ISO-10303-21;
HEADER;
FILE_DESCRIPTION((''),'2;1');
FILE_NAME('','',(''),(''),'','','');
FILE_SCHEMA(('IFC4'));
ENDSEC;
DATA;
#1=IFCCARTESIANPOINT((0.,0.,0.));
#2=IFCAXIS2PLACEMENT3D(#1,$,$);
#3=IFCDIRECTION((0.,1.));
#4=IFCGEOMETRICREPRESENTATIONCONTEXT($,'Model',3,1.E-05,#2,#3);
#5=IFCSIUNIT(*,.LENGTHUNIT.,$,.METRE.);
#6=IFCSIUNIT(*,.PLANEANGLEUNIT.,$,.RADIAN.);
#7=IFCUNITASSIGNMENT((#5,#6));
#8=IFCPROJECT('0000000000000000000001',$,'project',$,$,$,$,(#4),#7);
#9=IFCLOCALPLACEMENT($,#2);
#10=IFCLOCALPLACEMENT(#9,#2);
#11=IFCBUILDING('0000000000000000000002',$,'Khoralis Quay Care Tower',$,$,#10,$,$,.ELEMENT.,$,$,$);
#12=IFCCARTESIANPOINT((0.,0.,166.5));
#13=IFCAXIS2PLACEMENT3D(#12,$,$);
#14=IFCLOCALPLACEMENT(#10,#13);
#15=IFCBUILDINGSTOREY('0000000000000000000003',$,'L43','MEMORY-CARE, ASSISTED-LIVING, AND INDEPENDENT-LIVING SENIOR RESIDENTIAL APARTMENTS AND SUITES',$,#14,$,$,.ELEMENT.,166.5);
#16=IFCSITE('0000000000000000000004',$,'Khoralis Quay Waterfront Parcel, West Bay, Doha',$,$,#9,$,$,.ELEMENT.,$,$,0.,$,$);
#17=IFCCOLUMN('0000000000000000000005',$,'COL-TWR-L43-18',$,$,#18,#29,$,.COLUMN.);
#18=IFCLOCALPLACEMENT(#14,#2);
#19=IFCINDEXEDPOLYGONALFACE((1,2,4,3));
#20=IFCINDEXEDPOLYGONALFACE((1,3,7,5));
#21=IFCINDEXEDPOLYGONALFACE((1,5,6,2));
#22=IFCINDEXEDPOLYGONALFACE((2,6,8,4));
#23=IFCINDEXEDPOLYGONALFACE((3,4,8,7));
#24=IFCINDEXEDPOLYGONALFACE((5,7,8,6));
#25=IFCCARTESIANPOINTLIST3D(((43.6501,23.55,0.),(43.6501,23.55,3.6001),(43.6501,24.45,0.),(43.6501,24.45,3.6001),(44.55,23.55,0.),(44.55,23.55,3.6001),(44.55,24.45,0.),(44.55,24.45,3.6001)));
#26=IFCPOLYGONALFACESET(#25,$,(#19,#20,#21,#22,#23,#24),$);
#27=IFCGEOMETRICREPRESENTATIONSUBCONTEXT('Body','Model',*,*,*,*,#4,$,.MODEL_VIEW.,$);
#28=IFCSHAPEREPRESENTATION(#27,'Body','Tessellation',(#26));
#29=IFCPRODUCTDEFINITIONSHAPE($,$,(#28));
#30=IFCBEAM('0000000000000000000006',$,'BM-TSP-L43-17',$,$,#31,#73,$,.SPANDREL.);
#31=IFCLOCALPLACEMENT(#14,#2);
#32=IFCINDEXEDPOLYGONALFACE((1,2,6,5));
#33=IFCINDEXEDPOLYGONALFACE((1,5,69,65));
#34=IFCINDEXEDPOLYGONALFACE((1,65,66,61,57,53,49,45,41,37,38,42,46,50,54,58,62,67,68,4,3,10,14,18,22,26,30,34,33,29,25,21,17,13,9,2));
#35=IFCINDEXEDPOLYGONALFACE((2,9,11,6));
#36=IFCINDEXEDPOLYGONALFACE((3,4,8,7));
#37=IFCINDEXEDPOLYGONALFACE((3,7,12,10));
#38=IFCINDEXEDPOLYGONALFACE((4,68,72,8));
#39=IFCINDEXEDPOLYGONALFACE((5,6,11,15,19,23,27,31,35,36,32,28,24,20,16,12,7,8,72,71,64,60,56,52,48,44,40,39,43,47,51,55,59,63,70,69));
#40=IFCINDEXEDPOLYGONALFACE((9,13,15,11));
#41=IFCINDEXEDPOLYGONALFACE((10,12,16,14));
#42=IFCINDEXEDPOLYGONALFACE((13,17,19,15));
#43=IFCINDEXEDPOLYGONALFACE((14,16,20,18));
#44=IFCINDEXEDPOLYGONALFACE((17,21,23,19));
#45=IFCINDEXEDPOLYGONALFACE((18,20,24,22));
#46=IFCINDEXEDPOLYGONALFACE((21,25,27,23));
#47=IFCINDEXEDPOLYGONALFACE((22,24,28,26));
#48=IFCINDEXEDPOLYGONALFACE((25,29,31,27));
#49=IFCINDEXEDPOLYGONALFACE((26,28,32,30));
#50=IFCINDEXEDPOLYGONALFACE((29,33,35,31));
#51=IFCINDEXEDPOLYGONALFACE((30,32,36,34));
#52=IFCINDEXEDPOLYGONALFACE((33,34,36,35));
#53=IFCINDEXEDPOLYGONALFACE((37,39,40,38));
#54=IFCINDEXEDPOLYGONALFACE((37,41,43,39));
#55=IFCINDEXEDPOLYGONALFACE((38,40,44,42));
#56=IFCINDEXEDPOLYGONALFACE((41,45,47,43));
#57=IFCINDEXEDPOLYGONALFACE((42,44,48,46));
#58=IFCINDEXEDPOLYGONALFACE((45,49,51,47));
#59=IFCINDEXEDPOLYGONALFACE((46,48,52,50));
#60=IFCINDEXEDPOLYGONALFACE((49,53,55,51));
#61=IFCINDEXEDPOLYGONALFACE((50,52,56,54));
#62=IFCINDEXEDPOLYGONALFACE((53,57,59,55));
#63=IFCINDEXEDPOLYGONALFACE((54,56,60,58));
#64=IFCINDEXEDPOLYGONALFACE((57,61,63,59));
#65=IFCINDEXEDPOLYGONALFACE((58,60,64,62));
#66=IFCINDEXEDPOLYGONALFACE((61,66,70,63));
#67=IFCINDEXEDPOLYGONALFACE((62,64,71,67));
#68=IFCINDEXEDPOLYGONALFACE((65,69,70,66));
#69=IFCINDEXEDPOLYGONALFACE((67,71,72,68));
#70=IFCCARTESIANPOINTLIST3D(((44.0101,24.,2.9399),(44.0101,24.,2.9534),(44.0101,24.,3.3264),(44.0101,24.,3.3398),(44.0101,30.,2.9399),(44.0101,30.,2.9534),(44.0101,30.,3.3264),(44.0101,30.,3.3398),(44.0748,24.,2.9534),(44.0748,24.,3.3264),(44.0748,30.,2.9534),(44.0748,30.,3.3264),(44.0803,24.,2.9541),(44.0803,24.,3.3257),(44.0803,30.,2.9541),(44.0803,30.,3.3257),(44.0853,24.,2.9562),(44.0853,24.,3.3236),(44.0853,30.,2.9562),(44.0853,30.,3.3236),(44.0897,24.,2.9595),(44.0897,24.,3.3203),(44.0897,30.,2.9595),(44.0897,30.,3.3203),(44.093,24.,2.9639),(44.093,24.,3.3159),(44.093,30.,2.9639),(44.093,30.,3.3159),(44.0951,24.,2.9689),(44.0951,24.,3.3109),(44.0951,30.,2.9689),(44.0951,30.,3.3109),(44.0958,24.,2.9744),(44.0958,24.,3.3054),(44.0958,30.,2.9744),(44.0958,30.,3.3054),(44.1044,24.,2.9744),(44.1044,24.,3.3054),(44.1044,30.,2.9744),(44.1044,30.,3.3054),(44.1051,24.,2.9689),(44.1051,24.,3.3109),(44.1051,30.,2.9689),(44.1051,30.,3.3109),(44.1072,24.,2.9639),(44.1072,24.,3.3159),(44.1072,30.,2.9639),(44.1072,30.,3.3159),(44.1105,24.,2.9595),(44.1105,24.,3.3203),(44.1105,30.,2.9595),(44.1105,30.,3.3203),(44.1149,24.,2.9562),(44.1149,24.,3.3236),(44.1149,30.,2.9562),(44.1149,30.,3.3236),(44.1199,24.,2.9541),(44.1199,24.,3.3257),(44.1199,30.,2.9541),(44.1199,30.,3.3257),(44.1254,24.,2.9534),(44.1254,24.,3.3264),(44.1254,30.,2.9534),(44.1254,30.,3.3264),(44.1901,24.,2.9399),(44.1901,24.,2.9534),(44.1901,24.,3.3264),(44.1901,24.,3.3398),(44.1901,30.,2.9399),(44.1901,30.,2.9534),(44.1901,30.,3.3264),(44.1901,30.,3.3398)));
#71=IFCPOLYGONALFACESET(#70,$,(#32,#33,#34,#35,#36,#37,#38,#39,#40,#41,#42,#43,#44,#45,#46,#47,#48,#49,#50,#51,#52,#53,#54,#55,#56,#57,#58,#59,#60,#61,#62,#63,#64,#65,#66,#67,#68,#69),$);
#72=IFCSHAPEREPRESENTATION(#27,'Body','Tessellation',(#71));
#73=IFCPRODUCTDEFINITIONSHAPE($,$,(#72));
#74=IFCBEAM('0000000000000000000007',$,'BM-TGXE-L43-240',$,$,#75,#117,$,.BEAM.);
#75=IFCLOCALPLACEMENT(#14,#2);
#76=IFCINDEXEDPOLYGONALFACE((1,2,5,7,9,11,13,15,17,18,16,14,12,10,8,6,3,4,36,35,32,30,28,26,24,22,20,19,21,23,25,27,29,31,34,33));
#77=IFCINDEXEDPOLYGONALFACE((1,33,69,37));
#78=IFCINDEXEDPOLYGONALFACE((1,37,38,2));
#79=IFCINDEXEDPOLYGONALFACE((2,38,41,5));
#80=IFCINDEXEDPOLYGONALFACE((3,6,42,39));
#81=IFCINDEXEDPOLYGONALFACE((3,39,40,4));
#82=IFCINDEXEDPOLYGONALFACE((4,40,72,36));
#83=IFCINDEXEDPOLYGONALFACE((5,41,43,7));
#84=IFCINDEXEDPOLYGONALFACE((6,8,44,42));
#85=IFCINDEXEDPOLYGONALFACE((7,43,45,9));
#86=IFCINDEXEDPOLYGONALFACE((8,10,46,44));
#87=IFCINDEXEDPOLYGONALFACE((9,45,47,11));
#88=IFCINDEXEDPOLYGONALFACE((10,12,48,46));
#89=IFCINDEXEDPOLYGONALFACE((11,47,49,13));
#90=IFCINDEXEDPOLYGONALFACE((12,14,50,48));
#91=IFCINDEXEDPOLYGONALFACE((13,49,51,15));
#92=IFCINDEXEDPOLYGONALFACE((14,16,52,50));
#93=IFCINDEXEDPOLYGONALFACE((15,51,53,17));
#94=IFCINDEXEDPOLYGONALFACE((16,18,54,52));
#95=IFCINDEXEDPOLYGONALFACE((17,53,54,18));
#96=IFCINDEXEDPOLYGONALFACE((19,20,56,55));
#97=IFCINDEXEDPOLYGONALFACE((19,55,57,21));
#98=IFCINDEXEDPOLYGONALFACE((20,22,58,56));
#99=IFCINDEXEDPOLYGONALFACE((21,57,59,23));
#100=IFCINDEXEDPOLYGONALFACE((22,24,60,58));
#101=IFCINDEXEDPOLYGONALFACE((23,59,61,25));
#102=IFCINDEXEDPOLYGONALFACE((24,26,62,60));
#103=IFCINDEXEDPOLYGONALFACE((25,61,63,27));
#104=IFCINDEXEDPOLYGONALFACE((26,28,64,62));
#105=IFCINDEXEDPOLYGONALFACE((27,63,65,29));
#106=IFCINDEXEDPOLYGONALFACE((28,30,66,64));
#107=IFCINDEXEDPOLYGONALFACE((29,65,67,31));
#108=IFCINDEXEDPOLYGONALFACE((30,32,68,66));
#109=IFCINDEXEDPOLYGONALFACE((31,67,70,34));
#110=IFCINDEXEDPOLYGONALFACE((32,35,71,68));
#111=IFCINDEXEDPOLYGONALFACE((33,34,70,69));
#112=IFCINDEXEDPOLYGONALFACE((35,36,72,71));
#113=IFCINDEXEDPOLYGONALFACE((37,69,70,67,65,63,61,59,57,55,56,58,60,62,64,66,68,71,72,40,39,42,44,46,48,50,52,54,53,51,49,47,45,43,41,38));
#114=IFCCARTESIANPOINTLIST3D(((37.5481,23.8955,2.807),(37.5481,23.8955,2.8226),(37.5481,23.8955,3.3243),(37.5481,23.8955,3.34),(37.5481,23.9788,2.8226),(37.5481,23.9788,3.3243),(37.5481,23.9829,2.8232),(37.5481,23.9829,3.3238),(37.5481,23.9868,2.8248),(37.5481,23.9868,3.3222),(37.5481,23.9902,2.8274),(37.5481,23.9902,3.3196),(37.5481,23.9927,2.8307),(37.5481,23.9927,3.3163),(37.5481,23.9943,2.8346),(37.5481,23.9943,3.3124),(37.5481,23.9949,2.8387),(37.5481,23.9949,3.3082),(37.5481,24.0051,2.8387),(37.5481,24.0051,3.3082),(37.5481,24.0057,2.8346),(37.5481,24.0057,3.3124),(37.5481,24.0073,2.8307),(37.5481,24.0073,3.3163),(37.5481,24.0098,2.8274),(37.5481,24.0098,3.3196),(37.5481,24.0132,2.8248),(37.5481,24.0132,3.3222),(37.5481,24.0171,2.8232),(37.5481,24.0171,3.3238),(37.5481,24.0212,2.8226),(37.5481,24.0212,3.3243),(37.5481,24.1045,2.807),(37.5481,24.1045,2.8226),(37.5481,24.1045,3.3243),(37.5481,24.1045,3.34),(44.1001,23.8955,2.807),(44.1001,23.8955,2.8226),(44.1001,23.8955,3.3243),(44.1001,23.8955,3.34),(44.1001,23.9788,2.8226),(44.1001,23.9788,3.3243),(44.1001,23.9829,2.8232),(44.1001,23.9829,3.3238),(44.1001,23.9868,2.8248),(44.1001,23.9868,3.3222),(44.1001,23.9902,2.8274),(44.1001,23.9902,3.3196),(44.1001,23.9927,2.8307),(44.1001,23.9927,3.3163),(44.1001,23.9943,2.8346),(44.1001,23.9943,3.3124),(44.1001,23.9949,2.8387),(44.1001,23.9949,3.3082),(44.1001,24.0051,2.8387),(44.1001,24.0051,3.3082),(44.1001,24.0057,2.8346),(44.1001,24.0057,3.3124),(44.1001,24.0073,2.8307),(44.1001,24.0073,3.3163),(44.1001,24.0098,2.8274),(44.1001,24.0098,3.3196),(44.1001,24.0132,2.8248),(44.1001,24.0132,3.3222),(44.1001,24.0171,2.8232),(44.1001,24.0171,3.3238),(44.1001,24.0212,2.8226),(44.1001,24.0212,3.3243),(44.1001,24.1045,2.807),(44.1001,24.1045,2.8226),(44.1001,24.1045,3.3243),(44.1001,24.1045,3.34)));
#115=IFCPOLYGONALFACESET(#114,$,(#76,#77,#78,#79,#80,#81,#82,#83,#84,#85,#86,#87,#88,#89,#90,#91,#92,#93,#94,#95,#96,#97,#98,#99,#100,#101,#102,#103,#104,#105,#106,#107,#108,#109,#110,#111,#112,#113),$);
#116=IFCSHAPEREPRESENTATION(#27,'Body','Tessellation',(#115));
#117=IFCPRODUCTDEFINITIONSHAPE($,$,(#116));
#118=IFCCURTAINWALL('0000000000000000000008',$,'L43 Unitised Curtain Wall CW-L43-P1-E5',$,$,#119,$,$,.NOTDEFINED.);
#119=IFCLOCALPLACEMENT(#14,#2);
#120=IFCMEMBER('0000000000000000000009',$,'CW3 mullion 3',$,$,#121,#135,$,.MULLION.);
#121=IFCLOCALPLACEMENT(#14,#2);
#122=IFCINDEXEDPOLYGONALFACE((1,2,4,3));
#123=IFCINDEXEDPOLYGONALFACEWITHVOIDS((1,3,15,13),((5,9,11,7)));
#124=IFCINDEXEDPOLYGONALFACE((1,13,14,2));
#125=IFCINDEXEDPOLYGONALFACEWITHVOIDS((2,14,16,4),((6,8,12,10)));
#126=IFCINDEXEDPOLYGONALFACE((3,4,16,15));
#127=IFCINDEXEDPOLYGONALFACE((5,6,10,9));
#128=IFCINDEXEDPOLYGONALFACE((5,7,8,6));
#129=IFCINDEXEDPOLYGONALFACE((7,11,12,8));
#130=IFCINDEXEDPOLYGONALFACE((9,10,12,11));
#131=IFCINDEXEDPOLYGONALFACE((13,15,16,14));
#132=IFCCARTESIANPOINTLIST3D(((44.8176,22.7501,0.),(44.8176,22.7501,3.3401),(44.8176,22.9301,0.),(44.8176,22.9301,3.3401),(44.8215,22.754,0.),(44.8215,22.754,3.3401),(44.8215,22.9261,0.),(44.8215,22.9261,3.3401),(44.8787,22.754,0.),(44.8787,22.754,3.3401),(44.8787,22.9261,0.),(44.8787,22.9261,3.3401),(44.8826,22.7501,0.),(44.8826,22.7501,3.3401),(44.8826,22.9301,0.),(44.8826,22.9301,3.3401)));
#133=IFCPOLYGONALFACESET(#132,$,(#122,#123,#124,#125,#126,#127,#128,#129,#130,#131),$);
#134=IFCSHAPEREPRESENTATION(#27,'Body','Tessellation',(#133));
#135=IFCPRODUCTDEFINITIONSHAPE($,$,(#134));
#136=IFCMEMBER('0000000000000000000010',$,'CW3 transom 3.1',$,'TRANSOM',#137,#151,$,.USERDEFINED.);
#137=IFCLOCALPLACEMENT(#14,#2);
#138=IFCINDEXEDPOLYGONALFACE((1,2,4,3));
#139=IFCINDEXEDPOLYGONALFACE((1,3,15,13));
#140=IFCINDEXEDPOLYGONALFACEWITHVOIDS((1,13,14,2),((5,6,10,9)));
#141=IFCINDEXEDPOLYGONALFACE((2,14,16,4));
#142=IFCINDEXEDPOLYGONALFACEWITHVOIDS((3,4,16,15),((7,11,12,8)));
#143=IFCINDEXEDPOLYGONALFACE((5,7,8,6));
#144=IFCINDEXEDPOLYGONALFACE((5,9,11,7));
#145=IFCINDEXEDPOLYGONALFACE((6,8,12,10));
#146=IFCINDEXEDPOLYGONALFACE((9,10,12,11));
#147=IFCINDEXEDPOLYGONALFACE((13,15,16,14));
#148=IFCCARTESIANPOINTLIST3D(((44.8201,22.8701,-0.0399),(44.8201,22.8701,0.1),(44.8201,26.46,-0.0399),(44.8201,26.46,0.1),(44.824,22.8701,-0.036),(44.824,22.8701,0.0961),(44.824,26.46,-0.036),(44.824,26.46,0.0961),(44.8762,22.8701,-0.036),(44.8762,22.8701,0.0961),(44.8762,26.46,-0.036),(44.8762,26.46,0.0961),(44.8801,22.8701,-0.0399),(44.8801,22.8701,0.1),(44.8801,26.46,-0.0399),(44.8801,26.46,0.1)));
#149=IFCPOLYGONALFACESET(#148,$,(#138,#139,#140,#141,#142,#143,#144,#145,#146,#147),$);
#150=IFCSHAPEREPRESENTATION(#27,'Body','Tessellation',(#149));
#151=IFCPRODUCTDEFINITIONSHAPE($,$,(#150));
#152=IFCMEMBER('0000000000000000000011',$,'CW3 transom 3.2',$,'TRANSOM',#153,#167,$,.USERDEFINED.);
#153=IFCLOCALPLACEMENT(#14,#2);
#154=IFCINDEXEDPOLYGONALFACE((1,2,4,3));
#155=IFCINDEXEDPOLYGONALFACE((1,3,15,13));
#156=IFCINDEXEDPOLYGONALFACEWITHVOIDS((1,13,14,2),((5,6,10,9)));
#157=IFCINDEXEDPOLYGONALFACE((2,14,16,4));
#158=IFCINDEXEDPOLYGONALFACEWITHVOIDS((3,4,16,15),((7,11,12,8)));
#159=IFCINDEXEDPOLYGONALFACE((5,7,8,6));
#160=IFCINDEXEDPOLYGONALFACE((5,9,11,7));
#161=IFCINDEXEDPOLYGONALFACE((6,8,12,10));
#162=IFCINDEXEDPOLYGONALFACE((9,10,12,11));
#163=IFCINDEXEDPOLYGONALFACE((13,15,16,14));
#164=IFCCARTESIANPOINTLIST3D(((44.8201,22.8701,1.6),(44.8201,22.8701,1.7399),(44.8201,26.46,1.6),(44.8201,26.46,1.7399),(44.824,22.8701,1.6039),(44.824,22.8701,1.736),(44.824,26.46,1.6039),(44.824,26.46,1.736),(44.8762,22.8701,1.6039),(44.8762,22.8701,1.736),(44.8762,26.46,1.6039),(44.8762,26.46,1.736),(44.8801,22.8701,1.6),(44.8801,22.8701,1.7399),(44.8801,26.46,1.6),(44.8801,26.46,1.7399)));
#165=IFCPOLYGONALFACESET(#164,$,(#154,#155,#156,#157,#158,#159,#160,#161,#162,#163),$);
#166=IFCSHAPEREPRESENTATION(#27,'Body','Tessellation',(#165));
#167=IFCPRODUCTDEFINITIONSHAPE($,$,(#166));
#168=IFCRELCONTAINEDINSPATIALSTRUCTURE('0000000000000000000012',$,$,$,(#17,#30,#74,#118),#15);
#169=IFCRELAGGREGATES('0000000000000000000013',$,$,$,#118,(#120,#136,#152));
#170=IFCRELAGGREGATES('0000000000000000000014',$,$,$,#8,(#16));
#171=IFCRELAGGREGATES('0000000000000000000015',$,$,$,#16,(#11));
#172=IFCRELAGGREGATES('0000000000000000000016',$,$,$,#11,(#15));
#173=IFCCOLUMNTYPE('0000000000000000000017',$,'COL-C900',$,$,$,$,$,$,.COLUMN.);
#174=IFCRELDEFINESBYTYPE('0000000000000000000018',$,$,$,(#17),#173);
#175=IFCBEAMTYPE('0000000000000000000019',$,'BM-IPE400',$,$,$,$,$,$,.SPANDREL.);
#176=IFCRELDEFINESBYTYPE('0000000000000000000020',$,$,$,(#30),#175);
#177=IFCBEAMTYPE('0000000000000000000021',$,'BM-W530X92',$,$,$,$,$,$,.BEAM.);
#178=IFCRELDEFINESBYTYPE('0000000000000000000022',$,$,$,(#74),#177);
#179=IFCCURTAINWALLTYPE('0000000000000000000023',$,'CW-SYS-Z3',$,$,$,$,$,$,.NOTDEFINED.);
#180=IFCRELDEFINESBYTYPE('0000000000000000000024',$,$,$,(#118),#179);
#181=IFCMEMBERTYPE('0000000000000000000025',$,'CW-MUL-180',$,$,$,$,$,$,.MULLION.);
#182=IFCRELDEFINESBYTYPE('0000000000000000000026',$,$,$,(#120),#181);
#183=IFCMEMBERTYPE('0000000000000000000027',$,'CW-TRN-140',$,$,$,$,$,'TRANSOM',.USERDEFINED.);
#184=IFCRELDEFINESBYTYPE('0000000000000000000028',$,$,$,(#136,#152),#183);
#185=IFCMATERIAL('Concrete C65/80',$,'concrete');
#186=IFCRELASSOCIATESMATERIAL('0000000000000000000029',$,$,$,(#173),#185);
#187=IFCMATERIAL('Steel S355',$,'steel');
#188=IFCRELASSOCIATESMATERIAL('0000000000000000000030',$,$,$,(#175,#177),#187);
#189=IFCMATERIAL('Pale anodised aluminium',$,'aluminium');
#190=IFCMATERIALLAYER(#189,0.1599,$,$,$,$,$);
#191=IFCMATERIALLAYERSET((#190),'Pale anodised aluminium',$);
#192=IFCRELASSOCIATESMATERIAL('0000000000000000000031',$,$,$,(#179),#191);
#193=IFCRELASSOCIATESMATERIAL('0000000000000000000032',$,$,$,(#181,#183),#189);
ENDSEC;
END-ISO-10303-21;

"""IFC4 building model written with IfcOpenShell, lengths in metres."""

from ifc_helpers import new_model, si_unit, direction, frame, origin, origin_2d, place, context, subcontext, project, spatial, rectangle, hollow_rectangle, i_section, extrude, source, transform, mapped, material, layer, layer_set, material_profile, profile_set, type_object, element, aggregate, save


model = new_model("IFC4")

# Units and contexts
model_context = context("Model", 3, precision=1e-05, world=origin(), true_north=direction((0.0, 1.0)))
body_context = subcontext(model_context, "Body", "Model", "MODEL_VIEW")
ifc_project = project(units=[si_unit("LENGTHUNIT", "METRE"), si_unit("PLANEANGLEUNIT", "RADIAN")], contexts=[model_context])

# Site, building, storey
site_placement = place(None, origin())
site = spatial("IfcSite", under=ifc_project, at=site_placement, Name="Khoralis Quay Waterfront Parcel, West Bay, Doha", CompositionType="ELEMENT", RefElevation=0.0)
building_placement = place(site_placement, origin())
building = spatial("IfcBuilding", under=site, at=building_placement, Name="Khoralis Quay Care Tower", CompositionType="ELEMENT")
storey_placement = place(building_placement, frame((0.0, 0.0, 166.5)))
storey = spatial("IfcBuildingStorey", under=building, at=storey_placement, Name="L43", Description="MEMORY-CARE, ASSISTED-LIVING, AND INDEPENDENT-LIVING SENIOR RESIDENTIAL APARTMENTS AND SUITES", CompositionType="ELEMENT", Elevation=166.5)

# Column
ifc_material_1 = material(Name="Concrete C65/80", Category="concrete")
ifc_material_profile_1 = material_profile(ifc_material_1, rectangle(XDim=0.8999, YDim=0.8999, at=origin_2d()), Name="Concrete C65/80")
ifc_profile_set_1 = profile_set([ifc_material_profile_1], Name="Concrete C65/80")
column_type = type_object("IfcColumnType", Name="COL-C900", PredefinedType="COLUMN", material=ifc_profile_set_1)
shared_shape_1 = source(origin(), body_context, "Body", "SweptSolid", [
    extrude(rectangle(XDim=0.8999, YDim=0.8999, at=origin_2d()), origin(), (0.0, 0.0, 1.0), 3.6001),
])
column_placement = place(storey_placement, frame((44.1001, 24.0, 0.0), z_axis=(0.0, 0.0, 1.0), x_axis=(1.0, 0.0, 0.0)))
element("IfcColumn", 1, at=column_placement, inside=storey, type_object=column_type, Name="COL-TWR-L43-18", PredefinedType="COLUMN", context=body_context, shape_type="MappedRepresentation", body=[
    mapped(shared_shape_1, transform((0.0, 0.0, 0.0), scale=1.0)),
])

# Beams
ifc_material_2 = material(Name="Steel S355", Category="steel")
ifc_material_profile_2 = material_profile(ifc_material_2, i_section(OverallWidth=0.1799, OverallDepth=0.3999, WebThickness=0.0085, FlangeThickness=0.0134, FilletRadius=0.021, at=origin_2d()), Name="Steel S355")
ifc_profile_set_2 = profile_set([ifc_material_profile_2], Name="Steel S355")
beam_type_1 = type_object("IfcBeamType", Name="BM-IPE400", PredefinedType="SPANDREL", material=ifc_profile_set_2)
shared_shape_2 = source(origin(), body_context, "Body", "SweptSolid", [
    extrude(i_section(OverallWidth=0.1799, OverallDepth=0.3999, WebThickness=0.0085, FlangeThickness=0.0134, FilletRadius=0.021, at=origin_2d()), origin(), (0.0, 0.0, 1.0), 6.0),
])
beam_1_placement = place(storey_placement, frame((44.1001, 24.0, 3.1399), z_axis=(0.0, 1.0, 0.0), x_axis=(-1.0, 0.0, 0.0)))
element("IfcBeam", 2, at=beam_1_placement, inside=storey, type_object=beam_type_1, Name="BM-TSP-L43-17", PredefinedType="SPANDREL", context=body_context, shape_type="MappedRepresentation", body=[
    mapped(shared_shape_2, transform((0.0, 0.0, 0.0), scale=1.0)),
])
ifc_material_profile_3 = material_profile(ifc_material_2, i_section(OverallWidth=0.209, OverallDepth=0.533, WebThickness=0.0103, FlangeThickness=0.0156, FilletRadius=0.0161, at=origin_2d()), Name="Steel S355")
ifc_profile_set_3 = profile_set([ifc_material_profile_3], Name="Steel S355")
beam_type_2 = type_object("IfcBeamType", Name="BM-W530X92", PredefinedType="BEAM", material=ifc_profile_set_3)
shared_shape_3 = source(origin(), body_context, "Body", "SweptSolid", [
    extrude(i_section(OverallWidth=0.209, OverallDepth=0.533, WebThickness=0.0103, FlangeThickness=0.0156, FilletRadius=0.0161, at=origin_2d()), origin(), (0.0, 0.0, 1.0), 6.552),
])
beam_2_placement = place(storey_placement, frame((37.5481, 24.0, 3.0735), z_axis=(1.0, 0.0, 0.0), x_axis=(0.0, 1.0, 0.0)))
element("IfcBeam", 3, at=beam_2_placement, inside=storey, type_object=beam_type_2, Name="BM-TGXE-L43-240", PredefinedType="BEAM", context=body_context, shape_type="MappedRepresentation", body=[
    mapped(shared_shape_3, transform((0.0, 0.0, 0.0), scale=1.0)),
])

# Curtain wall, members
ifc_material_3 = material(Name="Pale anodised aluminium", Category="aluminium")
ifc_layer_1 = layer(ifc_material_3, 0.1599)
ifc_layer_set_1 = layer_set([ifc_layer_1], Name="Pale anodised aluminium")
curtain_wall_type = type_object("IfcCurtainWallType", Name="CW-SYS-Z3", PredefinedType="NOTDEFINED", material=ifc_layer_set_1)
curtain_wall_placement = place(storey_placement, origin())
curtain_wall = element("IfcCurtainWall", 4, at=curtain_wall_placement, inside=storey, type_object=curtain_wall_type, Name="L43 Unitised Curtain Wall CW-L43-P1-E5", PredefinedType="NOTDEFINED")
ifc_material_profile_4 = material_profile(ifc_material_3, hollow_rectangle(XDim=0.0649, YDim=0.1799, WallThickness=0.0039, at=origin_2d()), Name="Pale anodised aluminium")
ifc_profile_set_4 = profile_set([ifc_material_profile_4], Name="Pale anodised aluminium")
member_type_1 = type_object("IfcMemberType", Name="CW-MUL-180", PredefinedType="MULLION", material=ifc_profile_set_4)
shared_shape_4 = source(origin(), body_context, "Body", "SweptSolid", [
    extrude(hollow_rectangle(XDim=0.0649, YDim=0.1799, WallThickness=0.0039, at=origin_2d()), origin(), (0.0, 0.0, 1.0), 3.3401),
])
member_1_placement = place(storey_placement, frame((44.8501, 22.8401, 0.0), z_axis=(0.0, 0.0, 1.0), x_axis=(-1.0, 0.0, 0.0)))
member_1 = element("IfcMember", 5, at=member_1_placement, type_object=member_type_1, Name="CW3 mullion 3", PredefinedType="MULLION", context=body_context, shape_type="MappedRepresentation", body=[
    mapped(shared_shape_4, transform((0.0, 0.0, 0.0), scale=1.0)),
])
ifc_material_profile_5 = material_profile(ifc_material_3, hollow_rectangle(XDim=0.0601, YDim=0.1399, WallThickness=0.0039, at=origin_2d()), Name="Pale anodised aluminium")
ifc_profile_set_5 = profile_set([ifc_material_profile_5], Name="Pale anodised aluminium")
member_type_2 = type_object("IfcMemberType", Name="CW-TRN-140", ElementType="TRANSOM", PredefinedType="USERDEFINED", material=ifc_profile_set_5)
shared_shape_5 = source(origin(), body_context, "Body", "SweptSolid", [
    extrude(hollow_rectangle(XDim=0.0601, YDim=0.1399, WallThickness=0.0039, at=origin_2d()), origin(), (0.0, 0.0, 1.0), 3.5898),
])
member_2_placement = place(storey_placement, frame((44.8501, 22.8701, 0.03), z_axis=(0.0, 1.0, 0.0), x_axis=(-1.0, 0.0, 0.0)))
member_2 = element("IfcMember", 6, at=member_2_placement, type_object=member_type_2, Name="CW3 transom 3.1", ObjectType="TRANSOM", PredefinedType="USERDEFINED", context=body_context, shape_type="MappedRepresentation", body=[
    mapped(shared_shape_5, transform((0.0, 0.0, 0.0), scale=1.0)),
])
member_3_placement = place(storey_placement, frame((44.8501, 22.8701, 1.6699), z_axis=(0.0, 1.0, 0.0), x_axis=(-1.0, 0.0, 0.0)))
member_3 = element("IfcMember", 7, at=member_3_placement, type_object=member_type_2, Name="CW3 transom 3.2", ObjectType="TRANSOM", PredefinedType="USERDEFINED", context=body_context, shape_type="MappedRepresentation", body=[
    mapped(shared_shape_5, transform((0.0, 0.0, 0.0), scale=1.0)),
])
aggregate(curtain_wall, [member_1, member_2, member_3])

save(model, "model.ifc")
